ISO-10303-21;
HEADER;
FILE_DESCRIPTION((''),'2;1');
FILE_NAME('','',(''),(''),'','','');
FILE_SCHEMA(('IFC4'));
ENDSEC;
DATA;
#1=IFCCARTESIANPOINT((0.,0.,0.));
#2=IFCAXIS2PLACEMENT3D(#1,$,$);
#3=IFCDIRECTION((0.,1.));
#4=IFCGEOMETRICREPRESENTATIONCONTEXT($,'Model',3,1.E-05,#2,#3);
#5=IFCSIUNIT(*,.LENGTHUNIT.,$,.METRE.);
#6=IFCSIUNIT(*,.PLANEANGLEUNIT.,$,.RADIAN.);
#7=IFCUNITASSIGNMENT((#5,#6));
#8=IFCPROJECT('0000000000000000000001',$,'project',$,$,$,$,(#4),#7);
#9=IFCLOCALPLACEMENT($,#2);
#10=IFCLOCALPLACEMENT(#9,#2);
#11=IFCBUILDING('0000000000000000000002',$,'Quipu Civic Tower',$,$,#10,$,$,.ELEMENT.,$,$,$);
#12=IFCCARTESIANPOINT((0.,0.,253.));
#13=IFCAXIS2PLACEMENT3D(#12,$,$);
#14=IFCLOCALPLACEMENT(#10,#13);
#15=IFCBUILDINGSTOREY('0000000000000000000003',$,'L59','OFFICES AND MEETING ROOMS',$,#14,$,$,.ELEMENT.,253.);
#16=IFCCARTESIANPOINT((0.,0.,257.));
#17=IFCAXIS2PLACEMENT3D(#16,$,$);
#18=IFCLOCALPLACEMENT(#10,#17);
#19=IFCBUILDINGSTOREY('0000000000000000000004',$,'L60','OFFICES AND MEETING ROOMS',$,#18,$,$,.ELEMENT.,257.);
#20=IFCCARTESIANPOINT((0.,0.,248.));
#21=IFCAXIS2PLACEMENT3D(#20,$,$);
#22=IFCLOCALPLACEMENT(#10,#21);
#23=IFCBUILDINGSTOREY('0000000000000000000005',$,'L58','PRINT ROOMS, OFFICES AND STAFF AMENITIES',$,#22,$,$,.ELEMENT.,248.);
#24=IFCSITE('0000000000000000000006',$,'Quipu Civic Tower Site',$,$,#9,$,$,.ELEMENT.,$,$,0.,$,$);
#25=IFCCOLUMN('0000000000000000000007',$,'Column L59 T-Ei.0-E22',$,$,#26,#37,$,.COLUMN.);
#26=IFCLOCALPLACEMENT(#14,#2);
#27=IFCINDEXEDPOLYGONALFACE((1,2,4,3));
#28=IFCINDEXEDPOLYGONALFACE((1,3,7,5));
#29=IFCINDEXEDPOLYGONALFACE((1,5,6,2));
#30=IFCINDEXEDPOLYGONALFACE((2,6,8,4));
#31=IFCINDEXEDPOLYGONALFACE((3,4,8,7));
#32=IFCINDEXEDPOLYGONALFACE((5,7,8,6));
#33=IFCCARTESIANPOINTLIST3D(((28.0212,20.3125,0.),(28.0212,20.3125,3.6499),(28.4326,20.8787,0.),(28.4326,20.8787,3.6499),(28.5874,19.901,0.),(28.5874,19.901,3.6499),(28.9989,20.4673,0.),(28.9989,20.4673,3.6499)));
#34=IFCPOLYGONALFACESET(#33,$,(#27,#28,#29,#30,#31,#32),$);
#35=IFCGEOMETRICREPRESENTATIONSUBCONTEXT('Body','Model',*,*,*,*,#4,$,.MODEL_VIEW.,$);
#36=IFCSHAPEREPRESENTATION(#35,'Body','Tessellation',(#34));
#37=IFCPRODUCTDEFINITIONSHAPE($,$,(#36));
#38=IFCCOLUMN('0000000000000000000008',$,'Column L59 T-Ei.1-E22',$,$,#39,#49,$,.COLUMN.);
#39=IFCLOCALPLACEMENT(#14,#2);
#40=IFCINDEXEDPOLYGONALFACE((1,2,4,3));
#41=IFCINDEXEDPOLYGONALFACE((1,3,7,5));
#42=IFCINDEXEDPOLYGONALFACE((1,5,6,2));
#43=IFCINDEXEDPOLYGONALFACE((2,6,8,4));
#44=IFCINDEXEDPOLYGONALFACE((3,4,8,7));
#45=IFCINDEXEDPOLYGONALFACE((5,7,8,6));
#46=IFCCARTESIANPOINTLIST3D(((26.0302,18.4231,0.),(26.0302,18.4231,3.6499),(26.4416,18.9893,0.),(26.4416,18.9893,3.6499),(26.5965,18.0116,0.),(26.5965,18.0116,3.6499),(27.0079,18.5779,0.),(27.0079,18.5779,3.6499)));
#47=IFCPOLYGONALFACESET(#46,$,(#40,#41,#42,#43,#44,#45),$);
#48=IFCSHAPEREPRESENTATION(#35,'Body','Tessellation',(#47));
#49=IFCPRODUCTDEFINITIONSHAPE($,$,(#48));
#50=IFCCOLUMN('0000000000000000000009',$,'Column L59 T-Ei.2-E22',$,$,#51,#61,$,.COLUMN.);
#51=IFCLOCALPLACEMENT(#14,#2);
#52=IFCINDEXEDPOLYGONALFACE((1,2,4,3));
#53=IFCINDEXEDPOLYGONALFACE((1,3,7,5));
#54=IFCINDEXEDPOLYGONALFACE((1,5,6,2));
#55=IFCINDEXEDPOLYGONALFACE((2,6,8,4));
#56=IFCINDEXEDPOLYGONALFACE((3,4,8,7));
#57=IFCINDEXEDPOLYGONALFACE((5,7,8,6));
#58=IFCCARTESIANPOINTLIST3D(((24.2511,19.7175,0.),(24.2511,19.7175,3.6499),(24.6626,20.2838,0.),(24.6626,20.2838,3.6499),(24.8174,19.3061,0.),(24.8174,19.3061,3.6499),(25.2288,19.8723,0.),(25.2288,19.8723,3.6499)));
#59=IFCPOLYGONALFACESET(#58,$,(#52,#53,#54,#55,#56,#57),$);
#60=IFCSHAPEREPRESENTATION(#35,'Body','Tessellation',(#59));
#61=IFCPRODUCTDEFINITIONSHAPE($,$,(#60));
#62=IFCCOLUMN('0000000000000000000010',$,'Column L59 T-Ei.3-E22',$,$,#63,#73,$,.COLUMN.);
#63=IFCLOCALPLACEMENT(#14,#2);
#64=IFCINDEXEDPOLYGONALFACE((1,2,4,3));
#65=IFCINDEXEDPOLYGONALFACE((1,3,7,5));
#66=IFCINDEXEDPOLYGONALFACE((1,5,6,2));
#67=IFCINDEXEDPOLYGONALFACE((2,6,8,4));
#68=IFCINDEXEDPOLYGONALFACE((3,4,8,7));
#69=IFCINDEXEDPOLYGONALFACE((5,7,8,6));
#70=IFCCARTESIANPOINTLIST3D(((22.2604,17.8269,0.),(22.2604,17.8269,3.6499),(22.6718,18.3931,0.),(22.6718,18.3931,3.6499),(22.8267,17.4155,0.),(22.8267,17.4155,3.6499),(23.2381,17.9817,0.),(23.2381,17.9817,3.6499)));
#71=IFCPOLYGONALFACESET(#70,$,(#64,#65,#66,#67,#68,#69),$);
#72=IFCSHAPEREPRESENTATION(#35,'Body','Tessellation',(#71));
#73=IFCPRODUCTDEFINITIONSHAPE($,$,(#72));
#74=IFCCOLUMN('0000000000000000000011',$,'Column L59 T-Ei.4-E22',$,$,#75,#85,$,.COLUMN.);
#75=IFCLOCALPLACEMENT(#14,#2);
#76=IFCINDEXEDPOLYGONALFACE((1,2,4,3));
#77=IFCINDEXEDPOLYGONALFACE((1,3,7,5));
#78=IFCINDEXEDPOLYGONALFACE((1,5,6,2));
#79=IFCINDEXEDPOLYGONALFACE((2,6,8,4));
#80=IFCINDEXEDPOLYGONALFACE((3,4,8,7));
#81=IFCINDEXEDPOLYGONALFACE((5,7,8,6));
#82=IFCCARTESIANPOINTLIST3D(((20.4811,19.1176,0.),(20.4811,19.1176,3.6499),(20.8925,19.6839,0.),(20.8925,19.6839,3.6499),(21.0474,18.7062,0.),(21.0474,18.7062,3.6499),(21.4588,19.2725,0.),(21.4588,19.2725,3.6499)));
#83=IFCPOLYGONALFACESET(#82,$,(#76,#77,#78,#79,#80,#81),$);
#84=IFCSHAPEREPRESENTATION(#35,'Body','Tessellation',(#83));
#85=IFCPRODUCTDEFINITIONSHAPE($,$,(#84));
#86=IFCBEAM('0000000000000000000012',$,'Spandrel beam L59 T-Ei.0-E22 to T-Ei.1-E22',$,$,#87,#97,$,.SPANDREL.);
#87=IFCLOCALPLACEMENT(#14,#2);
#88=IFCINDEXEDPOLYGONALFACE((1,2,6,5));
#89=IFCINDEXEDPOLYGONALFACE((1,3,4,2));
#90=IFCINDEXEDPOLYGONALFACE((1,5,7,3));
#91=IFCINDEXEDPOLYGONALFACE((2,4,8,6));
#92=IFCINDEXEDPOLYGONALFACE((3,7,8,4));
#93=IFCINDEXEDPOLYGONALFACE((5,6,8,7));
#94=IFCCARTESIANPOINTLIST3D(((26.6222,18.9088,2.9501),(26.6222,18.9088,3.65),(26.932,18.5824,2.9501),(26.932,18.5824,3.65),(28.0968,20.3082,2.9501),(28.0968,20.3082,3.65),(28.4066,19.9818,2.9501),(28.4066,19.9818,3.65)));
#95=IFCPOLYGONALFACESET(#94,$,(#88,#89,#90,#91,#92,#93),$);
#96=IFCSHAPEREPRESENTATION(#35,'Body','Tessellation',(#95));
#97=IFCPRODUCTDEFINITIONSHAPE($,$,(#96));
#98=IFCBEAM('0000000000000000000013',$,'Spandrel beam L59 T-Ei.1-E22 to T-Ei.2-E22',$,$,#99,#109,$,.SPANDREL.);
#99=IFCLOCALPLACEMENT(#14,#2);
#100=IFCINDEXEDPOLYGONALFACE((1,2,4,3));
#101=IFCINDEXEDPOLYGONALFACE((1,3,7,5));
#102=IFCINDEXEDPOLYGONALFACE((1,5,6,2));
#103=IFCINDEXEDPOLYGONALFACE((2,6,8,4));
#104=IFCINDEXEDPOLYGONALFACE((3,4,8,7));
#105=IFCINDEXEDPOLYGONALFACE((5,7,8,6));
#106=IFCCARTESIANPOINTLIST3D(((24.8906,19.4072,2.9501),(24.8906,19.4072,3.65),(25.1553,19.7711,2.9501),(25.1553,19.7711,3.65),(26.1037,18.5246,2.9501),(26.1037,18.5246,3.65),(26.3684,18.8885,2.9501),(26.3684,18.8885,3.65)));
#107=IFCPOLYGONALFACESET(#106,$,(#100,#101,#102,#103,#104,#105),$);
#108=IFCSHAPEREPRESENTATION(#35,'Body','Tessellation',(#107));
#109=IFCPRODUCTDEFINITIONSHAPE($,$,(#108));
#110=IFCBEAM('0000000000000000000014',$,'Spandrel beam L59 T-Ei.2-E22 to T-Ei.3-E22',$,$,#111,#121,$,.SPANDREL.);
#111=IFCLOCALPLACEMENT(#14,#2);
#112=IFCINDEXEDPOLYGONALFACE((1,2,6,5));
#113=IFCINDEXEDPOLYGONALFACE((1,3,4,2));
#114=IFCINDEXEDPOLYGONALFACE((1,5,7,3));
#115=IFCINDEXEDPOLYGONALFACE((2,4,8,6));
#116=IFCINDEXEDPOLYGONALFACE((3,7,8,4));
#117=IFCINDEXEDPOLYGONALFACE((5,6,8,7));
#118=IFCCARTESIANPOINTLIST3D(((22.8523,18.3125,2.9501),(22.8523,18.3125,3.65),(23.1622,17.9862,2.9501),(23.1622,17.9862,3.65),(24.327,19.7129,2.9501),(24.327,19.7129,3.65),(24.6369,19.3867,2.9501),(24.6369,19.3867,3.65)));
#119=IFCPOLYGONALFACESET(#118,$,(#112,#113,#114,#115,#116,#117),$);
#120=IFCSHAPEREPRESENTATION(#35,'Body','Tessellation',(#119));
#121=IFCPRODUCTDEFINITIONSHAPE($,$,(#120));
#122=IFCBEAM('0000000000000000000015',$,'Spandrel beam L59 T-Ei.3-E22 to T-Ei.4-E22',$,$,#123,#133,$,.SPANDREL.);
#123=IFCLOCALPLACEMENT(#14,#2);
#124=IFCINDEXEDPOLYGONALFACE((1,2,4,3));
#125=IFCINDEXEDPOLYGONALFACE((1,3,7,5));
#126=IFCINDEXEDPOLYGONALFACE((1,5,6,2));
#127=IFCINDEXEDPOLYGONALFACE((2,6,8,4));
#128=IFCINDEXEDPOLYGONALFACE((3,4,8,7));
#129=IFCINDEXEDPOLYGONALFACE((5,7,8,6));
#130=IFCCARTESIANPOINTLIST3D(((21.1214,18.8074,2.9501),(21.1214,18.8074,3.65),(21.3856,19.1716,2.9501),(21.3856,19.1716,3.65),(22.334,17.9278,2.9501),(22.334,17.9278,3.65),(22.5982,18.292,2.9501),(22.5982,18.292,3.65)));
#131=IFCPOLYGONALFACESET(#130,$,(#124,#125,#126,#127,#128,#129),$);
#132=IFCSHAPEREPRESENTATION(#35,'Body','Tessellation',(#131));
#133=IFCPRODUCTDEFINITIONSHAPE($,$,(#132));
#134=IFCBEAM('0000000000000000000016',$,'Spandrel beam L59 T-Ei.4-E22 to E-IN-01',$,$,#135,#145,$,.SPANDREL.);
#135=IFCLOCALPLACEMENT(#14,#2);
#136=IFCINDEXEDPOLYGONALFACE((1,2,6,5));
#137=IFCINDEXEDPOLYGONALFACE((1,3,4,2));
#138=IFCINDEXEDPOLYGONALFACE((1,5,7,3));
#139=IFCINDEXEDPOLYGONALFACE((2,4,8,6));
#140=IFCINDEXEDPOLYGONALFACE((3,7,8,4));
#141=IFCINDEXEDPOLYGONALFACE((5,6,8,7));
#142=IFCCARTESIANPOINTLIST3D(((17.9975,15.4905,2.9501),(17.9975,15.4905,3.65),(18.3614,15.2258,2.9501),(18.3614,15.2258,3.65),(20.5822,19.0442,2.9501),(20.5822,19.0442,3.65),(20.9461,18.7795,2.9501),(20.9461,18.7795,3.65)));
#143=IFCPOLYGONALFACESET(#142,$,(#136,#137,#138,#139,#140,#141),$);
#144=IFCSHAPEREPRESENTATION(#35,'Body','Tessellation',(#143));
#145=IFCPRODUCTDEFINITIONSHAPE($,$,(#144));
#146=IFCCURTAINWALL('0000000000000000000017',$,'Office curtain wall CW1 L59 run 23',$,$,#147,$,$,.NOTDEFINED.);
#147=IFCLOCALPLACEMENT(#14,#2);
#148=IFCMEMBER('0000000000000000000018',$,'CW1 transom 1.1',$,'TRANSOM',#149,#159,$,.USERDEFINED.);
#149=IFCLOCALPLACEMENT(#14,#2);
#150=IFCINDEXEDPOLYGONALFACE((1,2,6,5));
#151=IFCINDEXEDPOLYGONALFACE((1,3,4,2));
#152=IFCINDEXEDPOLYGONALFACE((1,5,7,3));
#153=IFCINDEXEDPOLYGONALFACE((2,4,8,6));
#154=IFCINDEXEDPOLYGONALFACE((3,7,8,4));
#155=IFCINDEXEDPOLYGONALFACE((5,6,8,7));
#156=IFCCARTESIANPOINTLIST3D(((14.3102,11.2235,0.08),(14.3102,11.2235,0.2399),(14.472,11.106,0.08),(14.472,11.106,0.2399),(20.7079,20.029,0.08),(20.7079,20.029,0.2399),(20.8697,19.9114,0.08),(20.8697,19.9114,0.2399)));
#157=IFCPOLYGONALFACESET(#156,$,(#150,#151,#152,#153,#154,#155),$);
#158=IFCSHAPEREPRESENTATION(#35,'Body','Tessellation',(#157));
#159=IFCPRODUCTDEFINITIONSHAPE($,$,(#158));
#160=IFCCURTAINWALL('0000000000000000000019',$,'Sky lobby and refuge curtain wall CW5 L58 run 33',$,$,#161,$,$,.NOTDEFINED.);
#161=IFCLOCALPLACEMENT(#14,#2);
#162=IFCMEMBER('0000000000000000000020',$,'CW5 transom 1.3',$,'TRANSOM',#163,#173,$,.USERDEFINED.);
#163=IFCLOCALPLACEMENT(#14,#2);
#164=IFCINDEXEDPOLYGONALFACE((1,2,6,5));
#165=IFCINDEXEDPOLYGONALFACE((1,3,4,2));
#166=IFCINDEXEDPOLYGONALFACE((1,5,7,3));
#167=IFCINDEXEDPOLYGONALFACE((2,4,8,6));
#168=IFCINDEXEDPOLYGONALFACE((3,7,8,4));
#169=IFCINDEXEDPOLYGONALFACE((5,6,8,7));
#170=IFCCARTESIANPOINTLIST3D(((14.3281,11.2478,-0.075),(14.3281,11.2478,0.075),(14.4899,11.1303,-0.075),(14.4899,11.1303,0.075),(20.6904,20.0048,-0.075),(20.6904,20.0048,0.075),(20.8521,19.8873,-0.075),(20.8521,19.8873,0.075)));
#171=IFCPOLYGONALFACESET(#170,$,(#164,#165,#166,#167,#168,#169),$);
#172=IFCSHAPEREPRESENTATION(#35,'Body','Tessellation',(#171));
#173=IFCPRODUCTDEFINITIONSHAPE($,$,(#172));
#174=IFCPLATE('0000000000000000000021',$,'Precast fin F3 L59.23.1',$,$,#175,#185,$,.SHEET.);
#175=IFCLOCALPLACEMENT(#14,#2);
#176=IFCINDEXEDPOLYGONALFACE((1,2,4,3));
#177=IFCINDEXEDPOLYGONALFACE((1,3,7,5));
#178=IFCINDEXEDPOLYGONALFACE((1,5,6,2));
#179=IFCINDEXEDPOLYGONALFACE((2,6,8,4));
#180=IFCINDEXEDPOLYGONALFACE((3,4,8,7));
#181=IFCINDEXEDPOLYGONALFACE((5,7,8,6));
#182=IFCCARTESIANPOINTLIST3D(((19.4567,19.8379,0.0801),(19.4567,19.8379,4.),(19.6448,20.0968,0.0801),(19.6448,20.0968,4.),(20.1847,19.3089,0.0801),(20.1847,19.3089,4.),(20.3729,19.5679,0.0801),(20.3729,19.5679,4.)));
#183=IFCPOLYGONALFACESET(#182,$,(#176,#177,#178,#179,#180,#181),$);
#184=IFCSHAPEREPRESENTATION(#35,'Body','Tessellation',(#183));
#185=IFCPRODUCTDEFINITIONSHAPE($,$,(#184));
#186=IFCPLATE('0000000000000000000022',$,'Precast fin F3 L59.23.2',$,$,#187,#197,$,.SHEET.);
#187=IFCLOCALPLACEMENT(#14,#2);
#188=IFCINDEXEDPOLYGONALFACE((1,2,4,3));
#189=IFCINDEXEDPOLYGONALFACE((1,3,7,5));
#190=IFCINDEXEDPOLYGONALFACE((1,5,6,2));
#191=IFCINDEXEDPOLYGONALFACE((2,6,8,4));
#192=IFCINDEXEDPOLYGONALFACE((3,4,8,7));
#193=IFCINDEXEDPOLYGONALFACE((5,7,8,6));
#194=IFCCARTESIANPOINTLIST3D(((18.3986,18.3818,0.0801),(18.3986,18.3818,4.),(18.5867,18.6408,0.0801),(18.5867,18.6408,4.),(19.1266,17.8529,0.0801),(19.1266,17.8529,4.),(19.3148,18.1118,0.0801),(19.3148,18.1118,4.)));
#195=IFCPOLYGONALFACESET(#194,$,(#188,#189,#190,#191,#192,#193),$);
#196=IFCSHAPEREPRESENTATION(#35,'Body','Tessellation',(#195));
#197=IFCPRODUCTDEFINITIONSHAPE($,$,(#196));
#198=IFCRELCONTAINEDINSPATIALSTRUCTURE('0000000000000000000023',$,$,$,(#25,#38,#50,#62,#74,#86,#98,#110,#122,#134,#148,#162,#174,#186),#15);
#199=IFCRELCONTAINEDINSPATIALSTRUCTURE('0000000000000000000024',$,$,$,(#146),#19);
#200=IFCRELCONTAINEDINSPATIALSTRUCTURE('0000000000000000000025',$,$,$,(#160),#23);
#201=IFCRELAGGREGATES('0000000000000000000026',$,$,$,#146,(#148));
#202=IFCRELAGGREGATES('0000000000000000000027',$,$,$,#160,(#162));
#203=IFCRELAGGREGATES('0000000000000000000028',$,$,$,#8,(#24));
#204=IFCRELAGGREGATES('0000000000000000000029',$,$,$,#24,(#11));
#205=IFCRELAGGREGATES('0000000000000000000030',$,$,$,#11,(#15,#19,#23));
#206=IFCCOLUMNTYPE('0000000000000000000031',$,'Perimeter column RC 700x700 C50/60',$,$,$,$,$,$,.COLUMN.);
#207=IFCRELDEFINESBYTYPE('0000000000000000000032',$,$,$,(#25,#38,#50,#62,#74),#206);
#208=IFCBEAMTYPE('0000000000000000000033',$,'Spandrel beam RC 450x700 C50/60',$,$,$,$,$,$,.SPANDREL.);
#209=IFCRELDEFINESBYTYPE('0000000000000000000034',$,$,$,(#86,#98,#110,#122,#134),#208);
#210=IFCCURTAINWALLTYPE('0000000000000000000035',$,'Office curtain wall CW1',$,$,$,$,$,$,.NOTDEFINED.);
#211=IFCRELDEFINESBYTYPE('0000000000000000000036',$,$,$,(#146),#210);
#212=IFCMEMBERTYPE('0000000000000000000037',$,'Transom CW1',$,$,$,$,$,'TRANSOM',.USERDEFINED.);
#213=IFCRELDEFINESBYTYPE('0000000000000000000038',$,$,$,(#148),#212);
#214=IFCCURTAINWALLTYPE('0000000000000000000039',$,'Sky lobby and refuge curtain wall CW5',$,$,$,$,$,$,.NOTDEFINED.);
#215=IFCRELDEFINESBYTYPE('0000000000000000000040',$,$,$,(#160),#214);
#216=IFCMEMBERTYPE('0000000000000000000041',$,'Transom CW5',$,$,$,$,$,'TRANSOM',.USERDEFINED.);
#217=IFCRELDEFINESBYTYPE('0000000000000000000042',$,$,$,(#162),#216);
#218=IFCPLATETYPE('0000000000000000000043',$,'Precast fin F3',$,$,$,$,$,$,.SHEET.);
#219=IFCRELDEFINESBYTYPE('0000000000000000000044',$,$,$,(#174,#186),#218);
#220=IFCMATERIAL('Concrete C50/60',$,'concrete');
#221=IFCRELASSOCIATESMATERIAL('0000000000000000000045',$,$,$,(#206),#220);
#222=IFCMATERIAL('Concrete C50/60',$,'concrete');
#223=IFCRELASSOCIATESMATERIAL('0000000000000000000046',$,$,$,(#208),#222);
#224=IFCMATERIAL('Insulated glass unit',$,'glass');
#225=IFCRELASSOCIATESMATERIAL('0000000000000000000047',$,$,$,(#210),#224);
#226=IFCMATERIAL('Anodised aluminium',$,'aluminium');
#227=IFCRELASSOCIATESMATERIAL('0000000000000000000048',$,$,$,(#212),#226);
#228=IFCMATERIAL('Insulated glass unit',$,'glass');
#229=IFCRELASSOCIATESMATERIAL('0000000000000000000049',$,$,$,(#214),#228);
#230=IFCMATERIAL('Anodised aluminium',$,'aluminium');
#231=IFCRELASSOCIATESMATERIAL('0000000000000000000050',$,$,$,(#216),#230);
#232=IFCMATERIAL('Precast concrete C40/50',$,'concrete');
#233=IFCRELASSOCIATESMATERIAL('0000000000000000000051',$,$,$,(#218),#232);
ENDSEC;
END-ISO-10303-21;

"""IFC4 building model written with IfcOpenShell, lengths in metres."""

from ifc_helpers import new_model, si_unit, direction, frame, origin, origin_2d, place, context, subcontext, project, spatial, rectangle, extrude, material, material_profile, profile_set, type_object, element, aggregate, save


model = new_model("IFC4")

# Units and contexts
model_context = context("Model", 3, precision=1e-05, world=origin(), true_north=direction((0.0, 1.0)))
body_context = subcontext(model_context, "Body", "Model", "MODEL_VIEW")
ifc_project = project(units=[si_unit("LENGTHUNIT", "METRE"), si_unit("PLANEANGLEUNIT", "RADIAN")], contexts=[model_context])

# Site, building, storey
site_placement = place(None, origin())
site = spatial("IfcSite", under=ifc_project, at=site_placement, Name="Quipu Civic Tower Site", CompositionType="ELEMENT", RefElevation=0.0)
building_placement = place(site_placement, origin())
building = spatial("IfcBuilding", under=site, at=building_placement, Name="Quipu Civic Tower", CompositionType="ELEMENT")
storey_1_placement = place(building_placement, frame((0.0, 0.0, 253.0)))
storey_1 = spatial("IfcBuildingStorey", under=building, at=storey_1_placement, Name="L59", Description="OFFICES AND MEETING ROOMS", CompositionType="ELEMENT", Elevation=253.0)

# Columns
ifc_material_1 = material(Name="Concrete C50/60", Category="concrete")
ifc_material_profile_1 = material_profile(ifc_material_1, rectangle(XDim=0.7, YDim=0.7, at=origin_2d()), Name="RC700x700")
ifc_profile_set_1 = profile_set([ifc_material_profile_1], Name="Concrete C50/60")
column_type = type_object("IfcColumnType", Name="Perimeter column RC 700x700 C50/60", PredefinedType="COLUMN", material=ifc_profile_set_1)
for number, where, z_axis, x_axis, name in (
    (1, (28.51, 20.3899, 0.0), (0.0, 0.0, 1.0), (-0.587785, -0.809017, 0.0), "Column L59 T-Ei.0-E22"),
    (2, (26.519, 18.5005, 0.0), (0.0, 0.0, 1.0), (-0.809017, 0.587785, 0.0), "Column L59 T-Ei.1-E22"),
    (3, (24.74, 19.7949, 0.0), (0.0, 0.0, 1.0), (-0.587785, -0.809017, 0.0), "Column L59 T-Ei.2-E22"),
    (4, (22.7493, 17.9043, 0.0), (0.0, 0.0, 1.0), (-0.587785, -0.809017, 0.0), "Column L59 T-Ei.3-E22"),
    (5, (20.97, 19.1951, 0.0), (0.0, 0.0, 1.0), (-0.587785, -0.809017, 0.0), "Column L59 T-Ei.4-E22"),
):
    element("IfcColumn", number, at=place(storey_1_placement, frame(where, z_axis=z_axis, x_axis=x_axis)), inside=storey_1, type_object=column_type, Name=name, PredefinedType="COLUMN", context=body_context, shape_type="SweptSolid", body=[
        extrude(rectangle(XDim=0.7, YDim=0.7, at=origin_2d()), origin(), (0.0, 0.0, 1.0), 3.6499),
    ])

# Beams
ifc_material_2 = material(Name="Concrete C50/60", Category="concrete")
ifc_material_profile_2 = material_profile(ifc_material_2, rectangle(XDim=0.45, YDim=0.7, at=origin_2d()), Name="RC450x700")
ifc_profile_set_2 = profile_set([ifc_material_profile_2], Name="Concrete C50/60")
beam_type = type_object("IfcBeamType", Name="Spandrel beam RC 450x700 C50/60", PredefinedType="SPANDREL", material=ifc_profile_set_2)
beam_1_placement = place(storey_1_placement, frame((28.2517, 20.145, 3.3), z_axis=(-0.725359, -0.688371, 0.0), x_axis=(0.688371, -0.725359, 0.0)))
element("IfcBeam", 6, at=beam_1_placement, inside=storey_1, type_object=beam_type, Name="Spandrel beam L59 T-Ei.0-E22 to T-Ei.1-E22", PredefinedType="SPANDREL", context=body_context, shape_type="SweptSolid", body=[
    extrude(rectangle(XDim=0.45, YDim=0.7, at=origin_2d()), origin(), (0.0, 0.0, 1.0), 2.033),
])
beam_2_placement = place(storey_1_placement, frame((26.2361, 18.7065, 3.3), z_axis=(-0.808645, 0.588297, 0.0), x_axis=(-0.588297, -0.808645, 0.0)))
element("IfcBeam", 7, at=beam_2_placement, inside=storey_1, type_object=beam_type, Name="Spandrel beam L59 T-Ei.1-E22 to T-Ei.2-E22", PredefinedType="SPANDREL", context=body_context, shape_type="SweptSolid", body=[
    extrude(rectangle(XDim=0.45, YDim=0.7, at=origin_2d()), origin(), (0.0, 0.0, 1.0), 1.5002),
])
beam_3_placement = place(storey_1_placement, frame((24.4819, 19.5498, 3.3), z_axis=(-0.725119, -0.688623, 0.0), x_axis=(0.688623, -0.725119, 0.0)))
element("IfcBeam", 8, at=beam_3_placement, inside=storey_1, type_object=beam_type, Name="Spandrel beam L59 T-Ei.2-E22 to T-Ei.3-E22", PredefinedType="SPANDREL", context=body_context, shape_type="SweptSolid", body=[
    extrude(rectangle(XDim=0.45, YDim=0.7, at=origin_2d()), origin(), (0.0, 0.0, 1.0), 2.0337),
])
beam_4_placement = place(storey_1_placement, frame((22.4661, 18.1099, 3.3), z_axis=(-0.809461, 0.587173, 0.0), x_axis=(-0.587173, -0.809461, 0.0)))
element("IfcBeam", 9, at=beam_4_placement, inside=storey_1, type_object=beam_type, Name="Spandrel beam L59 T-Ei.3-E22 to T-Ei.4-E22", PredefinedType="SPANDREL", context=body_context, shape_type="SweptSolid", body=[
    extrude(rectangle(XDim=0.45, YDim=0.7, at=origin_2d()), origin(), (0.0, 0.0, 1.0), 1.498),
])
beam_5_placement = place(storey_1_placement, frame((20.7642, 18.9119, 3.3), z_axis=(-0.588201, -0.808714, 0.0), x_axis=(0.808714, -0.588201, 0.0)))
element("IfcBeam", 10, at=beam_5_placement, inside=storey_1, type_object=beam_type, Name="Spandrel beam L59 T-Ei.4-E22 to E-IN-01", PredefinedType="SPANDREL", context=body_context, shape_type="SweptSolid", body=[
    extrude(rectangle(XDim=0.45, YDim=0.7, at=origin_2d()), origin(), (0.0, 0.0, 1.0), 4.3943),
])

# Shared definitions
storey_2_placement = place(building_placement, frame((0.0, 0.0, 257.0)))
storey_2 = spatial("IfcBuildingStorey", under=building, at=storey_2_placement, Name="L60", Description="OFFICES AND MEETING ROOMS", CompositionType="ELEMENT", Elevation=257.0)

# Curtain wall, member
ifc_material_3 = material(Name="Insulated glass unit", Category="glass")
curtain_wall_type_1 = type_object("IfcCurtainWallType", Name="Office curtain wall CW1", PredefinedType="NOTDEFINED", material=ifc_material_3)
curtain_wall_1_placement = place(storey_2_placement, origin())
curtain_wall_1 = element("IfcCurtainWall", 11, at=curtain_wall_1_placement, inside=storey_2, type_object=curtain_wall_type_1, Name="Office curtain wall CW1 L59 run 23", PredefinedType="NOTDEFINED")
ifc_material_4 = material(Name="Anodised aluminium", Category="aluminium")
ifc_material_profile_3 = material_profile(ifc_material_4, rectangle(XDim=0.2, YDim=0.1599, at=origin_2d()), Name="RECT 200x160")
ifc_profile_set_3 = profile_set([ifc_material_profile_3], Name="Anodised aluminium")
member_type_1 = type_object("IfcMemberType", Name="Transom CW1", ElementType="TRANSOM", PredefinedType="USERDEFINED", material=ifc_profile_set_3)
member_1_placement = place(storey_1_placement, frame((20.7888, 19.9702, 0.1599), z_axis=(-0.587797, -0.809009, 0.0), x_axis=(0.809009, -0.587797, 0.0)))
member_1 = element("IfcMember", 12, at=member_1_placement, inside=storey_1, type_object=member_type_1, Name="CW1 transom 1.1", ObjectType="TRANSOM", PredefinedType="USERDEFINED", context=body_context, shape_type="SweptSolid", body=[
    extrude(rectangle(XDim=0.2, YDim=0.1599, at=origin_2d()), origin(), (0.0, 0.0, 1.0), 10.8843),
])
aggregate(curtain_wall_1, [member_1])

# Shared definitions
storey_3_placement = place(building_placement, frame((0.0, 0.0, 248.0)))
storey_3 = spatial("IfcBuildingStorey", under=building, at=storey_3_placement, Name="L58", Description="PRINT ROOMS, OFFICES AND STAFF AMENITIES", CompositionType="ELEMENT", Elevation=248.0)

# Curtain wall, member
ifc_material_5 = material(Name="Insulated glass unit", Category="glass")
curtain_wall_type_2 = type_object("IfcCurtainWallType", Name="Sky lobby and refuge curtain wall CW5", PredefinedType="NOTDEFINED", material=ifc_material_5)
curtain_wall_2_placement = place(storey_3_placement, origin())
curtain_wall_2 = element("IfcCurtainWall", 13, at=curtain_wall_2_placement, inside=storey_3, type_object=curtain_wall_type_2, Name="Sky lobby and refuge curtain wall CW5 L58 run 33", PredefinedType="NOTDEFINED")
ifc_material_6 = material(Name="Anodised aluminium", Category="aluminium")
ifc_material_profile_4 = material_profile(ifc_material_6, rectangle(XDim=0.2, YDim=0.1499, at=origin_2d()), Name="RECT 200x150")
ifc_profile_set_4 = profile_set([ifc_material_profile_4], Name="Anodised aluminium")
member_type_2 = type_object("IfcMemberType", Name="Transom CW5", ElementType="TRANSOM", PredefinedType="USERDEFINED", material=ifc_profile_set_4)
member_2_placement = place(storey_1_placement, frame((20.7712, 19.946, 0.0), z_axis=(-0.58778, -0.809021, 0.0), x_axis=(0.809021, -0.58778, 0.0)))
member_2 = element("IfcMember", 14, at=member_2_placement, inside=storey_1, type_object=member_type_2, Name="CW5 transom 1.3", ObjectType="TRANSOM", PredefinedType="USERDEFINED", context=body_context, shape_type="SweptSolid", body=[
    extrude(rectangle(XDim=0.2, YDim=0.1499, at=origin_2d()), origin(), (0.0, 0.0, 1.0), 10.8242),
])
aggregate(curtain_wall_2, [member_2])

# Plates
ifc_material_7 = material(Name="Precast concrete C40/50", Category="concrete")
plate_type = type_object("IfcPlateType", Name="Precast fin F3", PredefinedType="SHEET", material=ifc_material_7)
for number, where, z_axis, x_axis, name in (
    (15, (19.9148, 19.7029, 0.0801), (0.0, 0.0, 1.0), (-0.587784, -0.809018, 0.0), "Precast fin F3 L59.23.1"),
    (16, (18.8567, 18.2468, 0.0801), (0.0, 0.0, 1.0), (-0.587784, -0.809018, 0.0), "Precast fin F3 L59.23.2"),
):
    element("IfcPlate", number, at=place(storey_1_placement, frame(where, z_axis=z_axis, x_axis=x_axis)), inside=storey_1, type_object=plate_type, Name=name, PredefinedType="SHEET", context=body_context, shape_type="SweptSolid", body=[
        extrude(rectangle(XDim=0.3201, YDim=0.8999, at=origin_2d()), origin(), (0.0, 0.0, 1.0), 3.9199),
    ])

save(model, "model.ifc")
